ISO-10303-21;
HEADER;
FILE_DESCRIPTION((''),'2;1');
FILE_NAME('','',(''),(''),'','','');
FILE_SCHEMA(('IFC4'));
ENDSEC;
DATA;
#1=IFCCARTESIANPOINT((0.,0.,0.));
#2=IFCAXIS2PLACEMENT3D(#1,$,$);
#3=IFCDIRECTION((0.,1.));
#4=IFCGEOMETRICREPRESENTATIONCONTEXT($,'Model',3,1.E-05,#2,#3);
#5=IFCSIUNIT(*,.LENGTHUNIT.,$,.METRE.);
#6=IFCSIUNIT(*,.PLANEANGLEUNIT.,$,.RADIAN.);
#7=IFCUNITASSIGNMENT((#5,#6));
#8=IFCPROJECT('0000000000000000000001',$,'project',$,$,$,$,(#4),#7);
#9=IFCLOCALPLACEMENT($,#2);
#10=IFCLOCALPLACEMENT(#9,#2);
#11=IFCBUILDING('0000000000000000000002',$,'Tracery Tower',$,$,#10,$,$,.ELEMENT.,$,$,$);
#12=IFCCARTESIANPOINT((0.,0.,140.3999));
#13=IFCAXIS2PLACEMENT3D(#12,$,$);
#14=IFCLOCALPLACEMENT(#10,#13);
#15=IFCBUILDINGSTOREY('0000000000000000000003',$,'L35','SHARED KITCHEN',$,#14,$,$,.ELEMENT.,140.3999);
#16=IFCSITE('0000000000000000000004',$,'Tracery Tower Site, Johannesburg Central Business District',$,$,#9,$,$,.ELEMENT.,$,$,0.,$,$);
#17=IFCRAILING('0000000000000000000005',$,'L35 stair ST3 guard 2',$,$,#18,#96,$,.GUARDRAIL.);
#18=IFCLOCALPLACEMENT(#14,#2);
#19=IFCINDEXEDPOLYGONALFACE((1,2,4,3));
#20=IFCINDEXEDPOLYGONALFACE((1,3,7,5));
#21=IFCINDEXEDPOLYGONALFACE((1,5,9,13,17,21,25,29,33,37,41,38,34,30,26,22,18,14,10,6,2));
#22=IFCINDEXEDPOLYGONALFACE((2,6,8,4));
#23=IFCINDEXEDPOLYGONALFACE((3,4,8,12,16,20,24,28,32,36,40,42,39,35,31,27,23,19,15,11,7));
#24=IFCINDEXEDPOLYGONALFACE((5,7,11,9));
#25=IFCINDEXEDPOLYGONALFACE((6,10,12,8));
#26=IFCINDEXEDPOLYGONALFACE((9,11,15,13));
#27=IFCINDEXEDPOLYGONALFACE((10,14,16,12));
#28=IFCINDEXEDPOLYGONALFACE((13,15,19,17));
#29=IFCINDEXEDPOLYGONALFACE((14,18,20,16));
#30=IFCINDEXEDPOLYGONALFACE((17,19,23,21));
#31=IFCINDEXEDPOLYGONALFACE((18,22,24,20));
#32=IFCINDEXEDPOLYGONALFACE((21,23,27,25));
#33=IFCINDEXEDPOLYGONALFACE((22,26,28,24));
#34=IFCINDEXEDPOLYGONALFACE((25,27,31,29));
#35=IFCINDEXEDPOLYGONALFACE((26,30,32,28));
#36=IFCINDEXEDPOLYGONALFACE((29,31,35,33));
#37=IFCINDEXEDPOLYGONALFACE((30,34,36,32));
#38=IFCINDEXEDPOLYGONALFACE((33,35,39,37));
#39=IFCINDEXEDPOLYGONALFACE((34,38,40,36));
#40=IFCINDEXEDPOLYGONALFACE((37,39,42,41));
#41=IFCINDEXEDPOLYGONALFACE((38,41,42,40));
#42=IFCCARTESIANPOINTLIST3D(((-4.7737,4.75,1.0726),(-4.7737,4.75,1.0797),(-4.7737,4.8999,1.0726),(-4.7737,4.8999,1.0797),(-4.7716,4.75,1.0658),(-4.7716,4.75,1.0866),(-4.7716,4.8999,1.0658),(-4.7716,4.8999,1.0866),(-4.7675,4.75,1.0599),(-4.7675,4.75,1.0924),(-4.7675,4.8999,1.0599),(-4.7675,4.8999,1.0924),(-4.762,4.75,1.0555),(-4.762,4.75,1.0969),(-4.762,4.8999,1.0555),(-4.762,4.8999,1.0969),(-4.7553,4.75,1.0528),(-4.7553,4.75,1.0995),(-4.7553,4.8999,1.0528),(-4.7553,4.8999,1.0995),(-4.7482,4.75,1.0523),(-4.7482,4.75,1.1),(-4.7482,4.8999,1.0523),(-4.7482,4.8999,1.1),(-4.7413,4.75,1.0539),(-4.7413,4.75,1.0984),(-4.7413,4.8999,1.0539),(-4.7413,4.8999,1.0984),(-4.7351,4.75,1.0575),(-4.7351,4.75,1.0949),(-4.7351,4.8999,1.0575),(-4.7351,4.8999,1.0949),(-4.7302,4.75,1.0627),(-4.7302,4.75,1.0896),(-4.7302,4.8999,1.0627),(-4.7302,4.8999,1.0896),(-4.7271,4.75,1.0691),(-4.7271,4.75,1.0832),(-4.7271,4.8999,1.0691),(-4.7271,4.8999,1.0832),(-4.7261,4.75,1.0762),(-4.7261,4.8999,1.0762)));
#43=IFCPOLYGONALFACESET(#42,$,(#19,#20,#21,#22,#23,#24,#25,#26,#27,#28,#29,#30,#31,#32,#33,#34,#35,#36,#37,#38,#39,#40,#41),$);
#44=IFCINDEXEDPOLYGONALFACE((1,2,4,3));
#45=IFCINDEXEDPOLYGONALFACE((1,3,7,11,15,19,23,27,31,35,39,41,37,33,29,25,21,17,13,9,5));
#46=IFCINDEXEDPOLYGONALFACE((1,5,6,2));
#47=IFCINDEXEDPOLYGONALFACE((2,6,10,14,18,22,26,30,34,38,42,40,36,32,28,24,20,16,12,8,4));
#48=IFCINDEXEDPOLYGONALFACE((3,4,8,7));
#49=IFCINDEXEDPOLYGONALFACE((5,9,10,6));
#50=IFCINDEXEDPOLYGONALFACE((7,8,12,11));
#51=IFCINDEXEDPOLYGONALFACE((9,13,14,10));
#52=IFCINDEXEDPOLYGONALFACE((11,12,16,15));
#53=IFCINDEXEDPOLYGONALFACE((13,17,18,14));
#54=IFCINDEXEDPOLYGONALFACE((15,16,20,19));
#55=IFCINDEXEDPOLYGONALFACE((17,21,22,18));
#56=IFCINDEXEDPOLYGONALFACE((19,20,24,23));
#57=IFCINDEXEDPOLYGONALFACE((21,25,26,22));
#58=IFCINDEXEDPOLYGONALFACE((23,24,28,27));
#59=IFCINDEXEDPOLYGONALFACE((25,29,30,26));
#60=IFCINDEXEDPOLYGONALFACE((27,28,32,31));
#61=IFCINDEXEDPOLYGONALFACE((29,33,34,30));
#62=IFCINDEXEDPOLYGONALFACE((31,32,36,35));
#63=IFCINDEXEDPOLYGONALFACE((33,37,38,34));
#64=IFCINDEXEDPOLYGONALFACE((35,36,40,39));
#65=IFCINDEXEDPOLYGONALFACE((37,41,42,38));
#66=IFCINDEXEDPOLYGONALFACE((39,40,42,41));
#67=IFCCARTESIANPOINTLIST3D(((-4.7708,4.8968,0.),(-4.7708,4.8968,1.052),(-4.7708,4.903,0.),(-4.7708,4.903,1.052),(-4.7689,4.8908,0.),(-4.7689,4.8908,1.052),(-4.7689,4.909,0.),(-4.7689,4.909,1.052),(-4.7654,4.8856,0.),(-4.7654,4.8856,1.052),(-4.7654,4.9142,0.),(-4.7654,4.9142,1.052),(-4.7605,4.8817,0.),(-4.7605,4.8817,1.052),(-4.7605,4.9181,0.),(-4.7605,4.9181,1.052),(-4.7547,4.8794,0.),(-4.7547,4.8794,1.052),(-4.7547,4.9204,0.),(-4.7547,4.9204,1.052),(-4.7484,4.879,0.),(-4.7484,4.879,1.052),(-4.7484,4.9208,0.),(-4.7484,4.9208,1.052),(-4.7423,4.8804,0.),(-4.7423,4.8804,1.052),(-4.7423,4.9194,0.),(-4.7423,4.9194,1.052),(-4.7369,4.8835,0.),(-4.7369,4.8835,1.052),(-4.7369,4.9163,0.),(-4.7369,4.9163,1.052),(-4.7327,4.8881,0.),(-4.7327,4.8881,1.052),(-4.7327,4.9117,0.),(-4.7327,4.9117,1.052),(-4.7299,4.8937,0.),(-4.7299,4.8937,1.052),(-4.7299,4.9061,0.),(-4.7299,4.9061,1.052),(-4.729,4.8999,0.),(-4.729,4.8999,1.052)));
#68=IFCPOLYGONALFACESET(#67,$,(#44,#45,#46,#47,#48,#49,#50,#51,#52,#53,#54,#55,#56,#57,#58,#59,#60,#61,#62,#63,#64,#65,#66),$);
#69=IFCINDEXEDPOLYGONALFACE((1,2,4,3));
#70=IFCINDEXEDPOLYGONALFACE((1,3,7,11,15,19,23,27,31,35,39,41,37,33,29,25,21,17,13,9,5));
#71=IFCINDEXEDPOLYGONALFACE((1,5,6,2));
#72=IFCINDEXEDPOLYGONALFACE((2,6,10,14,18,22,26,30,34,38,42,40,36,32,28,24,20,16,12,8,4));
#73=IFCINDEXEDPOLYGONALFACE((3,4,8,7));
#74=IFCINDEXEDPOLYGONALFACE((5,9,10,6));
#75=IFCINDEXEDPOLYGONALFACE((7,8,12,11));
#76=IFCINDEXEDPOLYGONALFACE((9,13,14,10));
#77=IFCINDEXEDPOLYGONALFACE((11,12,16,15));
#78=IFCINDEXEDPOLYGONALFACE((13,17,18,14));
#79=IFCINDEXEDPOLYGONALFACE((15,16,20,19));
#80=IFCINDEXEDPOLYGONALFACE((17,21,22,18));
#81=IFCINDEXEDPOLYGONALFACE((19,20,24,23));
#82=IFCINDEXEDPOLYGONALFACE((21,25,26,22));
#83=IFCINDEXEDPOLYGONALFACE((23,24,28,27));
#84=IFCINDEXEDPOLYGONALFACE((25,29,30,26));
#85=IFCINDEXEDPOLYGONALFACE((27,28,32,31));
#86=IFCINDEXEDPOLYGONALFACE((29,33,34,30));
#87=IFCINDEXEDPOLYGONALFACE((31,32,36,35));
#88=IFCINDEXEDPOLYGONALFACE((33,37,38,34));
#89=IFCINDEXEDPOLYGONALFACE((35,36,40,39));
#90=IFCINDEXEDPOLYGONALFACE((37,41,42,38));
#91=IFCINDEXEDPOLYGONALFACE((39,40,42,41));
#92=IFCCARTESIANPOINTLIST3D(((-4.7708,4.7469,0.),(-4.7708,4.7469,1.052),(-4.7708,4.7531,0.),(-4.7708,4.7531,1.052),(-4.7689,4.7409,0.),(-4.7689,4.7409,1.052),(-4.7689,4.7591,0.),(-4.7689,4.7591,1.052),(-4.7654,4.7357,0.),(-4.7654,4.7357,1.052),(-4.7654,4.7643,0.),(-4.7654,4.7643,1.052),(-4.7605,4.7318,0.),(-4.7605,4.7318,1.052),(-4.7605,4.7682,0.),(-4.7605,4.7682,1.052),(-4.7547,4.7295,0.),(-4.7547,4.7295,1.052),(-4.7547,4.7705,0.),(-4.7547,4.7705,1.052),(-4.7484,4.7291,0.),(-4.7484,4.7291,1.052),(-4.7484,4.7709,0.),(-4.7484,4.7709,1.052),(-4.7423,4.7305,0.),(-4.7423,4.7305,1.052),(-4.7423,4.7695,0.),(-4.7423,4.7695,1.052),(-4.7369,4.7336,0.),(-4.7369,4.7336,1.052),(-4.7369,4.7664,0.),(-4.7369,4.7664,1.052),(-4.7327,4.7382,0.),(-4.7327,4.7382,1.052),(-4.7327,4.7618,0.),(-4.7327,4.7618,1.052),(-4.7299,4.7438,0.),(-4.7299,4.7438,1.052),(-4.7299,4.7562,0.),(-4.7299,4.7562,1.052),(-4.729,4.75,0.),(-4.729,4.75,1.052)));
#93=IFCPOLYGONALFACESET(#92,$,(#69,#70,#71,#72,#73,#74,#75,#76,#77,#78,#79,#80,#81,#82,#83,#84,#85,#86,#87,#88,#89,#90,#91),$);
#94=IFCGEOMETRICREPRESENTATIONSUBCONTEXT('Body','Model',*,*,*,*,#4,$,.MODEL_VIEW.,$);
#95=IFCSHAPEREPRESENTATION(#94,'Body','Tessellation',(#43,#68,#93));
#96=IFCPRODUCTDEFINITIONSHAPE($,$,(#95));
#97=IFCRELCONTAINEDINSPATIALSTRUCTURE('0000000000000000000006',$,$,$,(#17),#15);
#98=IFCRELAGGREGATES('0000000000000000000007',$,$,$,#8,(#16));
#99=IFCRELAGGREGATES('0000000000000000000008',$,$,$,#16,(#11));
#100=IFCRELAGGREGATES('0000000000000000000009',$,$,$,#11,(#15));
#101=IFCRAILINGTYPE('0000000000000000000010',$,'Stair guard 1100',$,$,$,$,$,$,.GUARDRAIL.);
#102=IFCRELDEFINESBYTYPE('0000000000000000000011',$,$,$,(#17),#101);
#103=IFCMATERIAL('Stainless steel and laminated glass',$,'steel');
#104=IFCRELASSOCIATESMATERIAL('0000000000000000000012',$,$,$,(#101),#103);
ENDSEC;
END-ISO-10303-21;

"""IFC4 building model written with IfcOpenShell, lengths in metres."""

from ifc_helpers import new_model, si_unit, direction, frame, origin, origin_2d, place, context, subcontext, project, spatial, circle, extrude, material, type_object, element, save


model = new_model("IFC4")

# Units and contexts
model_context = context("Model", 3, precision=1e-05, world=origin(), true_north=direction((0.0, 1.0)))
body_context = subcontext(model_context, "Body", "Model", "MODEL_VIEW")
ifc_project = project(units=[si_unit("LENGTHUNIT", "METRE"), si_unit("PLANEANGLEUNIT", "RADIAN")], contexts=[model_context])

# Site, building, storey
site_placement = place(None, origin())
site = spatial("IfcSite", under=ifc_project, at=site_placement, Name="Tracery Tower Site, Johannesburg Central Business District", CompositionType="ELEMENT", RefElevation=0.0)
building_placement = place(site_placement, origin())
building = spatial("IfcBuilding", under=site, at=building_placement, Name="Tracery Tower", CompositionType="ELEMENT")
storey_placement = place(building_placement, frame((0.0, 0.0, 140.3999)))
storey = spatial("IfcBuildingStorey", under=building, at=storey_placement, Name="L35", Description="SHARED KITCHEN", CompositionType="ELEMENT", Elevation=140.3999)

# Railing
ifc_material_1 = material(Name="Stainless steel and laminated glass", Category="steel")
railing_type_1 = type_object("IfcRailingType", Name="Stair guard 1100", PredefinedType="GUARDRAIL", material=ifc_material_1)
railing_1_placement = place(storey_placement, frame((-4.75, 4.8999, 0.0)))
element("IfcRailing", 1, at=railing_1_placement, inside=storey, type_object=railing_type_1, Name="L35 stair ST3 guard 2", PredefinedType="GUARDRAIL", context=body_context, shape_type="SweptSolid", body=[
    extrude(circle(Radius=0.0239, at=origin_2d()), frame((0.0, 0.0, 1.0762), z_axis=(0.0, -1.0, 0.0), x_axis=(1.0, 0.0, 0.0)), (0.0, 0.0, 1.0), 0.1499),
    extrude(circle(Radius=0.021, at=origin_2d()), origin(), (0.0, 0.0, 1.0), 1.052),
    extrude(circle(Radius=0.021, at=origin_2d()), frame((0.0, -0.1499, 0.0)), (0.0, 0.0, 1.0), 1.052),
])

save(model, "model.ifc")
